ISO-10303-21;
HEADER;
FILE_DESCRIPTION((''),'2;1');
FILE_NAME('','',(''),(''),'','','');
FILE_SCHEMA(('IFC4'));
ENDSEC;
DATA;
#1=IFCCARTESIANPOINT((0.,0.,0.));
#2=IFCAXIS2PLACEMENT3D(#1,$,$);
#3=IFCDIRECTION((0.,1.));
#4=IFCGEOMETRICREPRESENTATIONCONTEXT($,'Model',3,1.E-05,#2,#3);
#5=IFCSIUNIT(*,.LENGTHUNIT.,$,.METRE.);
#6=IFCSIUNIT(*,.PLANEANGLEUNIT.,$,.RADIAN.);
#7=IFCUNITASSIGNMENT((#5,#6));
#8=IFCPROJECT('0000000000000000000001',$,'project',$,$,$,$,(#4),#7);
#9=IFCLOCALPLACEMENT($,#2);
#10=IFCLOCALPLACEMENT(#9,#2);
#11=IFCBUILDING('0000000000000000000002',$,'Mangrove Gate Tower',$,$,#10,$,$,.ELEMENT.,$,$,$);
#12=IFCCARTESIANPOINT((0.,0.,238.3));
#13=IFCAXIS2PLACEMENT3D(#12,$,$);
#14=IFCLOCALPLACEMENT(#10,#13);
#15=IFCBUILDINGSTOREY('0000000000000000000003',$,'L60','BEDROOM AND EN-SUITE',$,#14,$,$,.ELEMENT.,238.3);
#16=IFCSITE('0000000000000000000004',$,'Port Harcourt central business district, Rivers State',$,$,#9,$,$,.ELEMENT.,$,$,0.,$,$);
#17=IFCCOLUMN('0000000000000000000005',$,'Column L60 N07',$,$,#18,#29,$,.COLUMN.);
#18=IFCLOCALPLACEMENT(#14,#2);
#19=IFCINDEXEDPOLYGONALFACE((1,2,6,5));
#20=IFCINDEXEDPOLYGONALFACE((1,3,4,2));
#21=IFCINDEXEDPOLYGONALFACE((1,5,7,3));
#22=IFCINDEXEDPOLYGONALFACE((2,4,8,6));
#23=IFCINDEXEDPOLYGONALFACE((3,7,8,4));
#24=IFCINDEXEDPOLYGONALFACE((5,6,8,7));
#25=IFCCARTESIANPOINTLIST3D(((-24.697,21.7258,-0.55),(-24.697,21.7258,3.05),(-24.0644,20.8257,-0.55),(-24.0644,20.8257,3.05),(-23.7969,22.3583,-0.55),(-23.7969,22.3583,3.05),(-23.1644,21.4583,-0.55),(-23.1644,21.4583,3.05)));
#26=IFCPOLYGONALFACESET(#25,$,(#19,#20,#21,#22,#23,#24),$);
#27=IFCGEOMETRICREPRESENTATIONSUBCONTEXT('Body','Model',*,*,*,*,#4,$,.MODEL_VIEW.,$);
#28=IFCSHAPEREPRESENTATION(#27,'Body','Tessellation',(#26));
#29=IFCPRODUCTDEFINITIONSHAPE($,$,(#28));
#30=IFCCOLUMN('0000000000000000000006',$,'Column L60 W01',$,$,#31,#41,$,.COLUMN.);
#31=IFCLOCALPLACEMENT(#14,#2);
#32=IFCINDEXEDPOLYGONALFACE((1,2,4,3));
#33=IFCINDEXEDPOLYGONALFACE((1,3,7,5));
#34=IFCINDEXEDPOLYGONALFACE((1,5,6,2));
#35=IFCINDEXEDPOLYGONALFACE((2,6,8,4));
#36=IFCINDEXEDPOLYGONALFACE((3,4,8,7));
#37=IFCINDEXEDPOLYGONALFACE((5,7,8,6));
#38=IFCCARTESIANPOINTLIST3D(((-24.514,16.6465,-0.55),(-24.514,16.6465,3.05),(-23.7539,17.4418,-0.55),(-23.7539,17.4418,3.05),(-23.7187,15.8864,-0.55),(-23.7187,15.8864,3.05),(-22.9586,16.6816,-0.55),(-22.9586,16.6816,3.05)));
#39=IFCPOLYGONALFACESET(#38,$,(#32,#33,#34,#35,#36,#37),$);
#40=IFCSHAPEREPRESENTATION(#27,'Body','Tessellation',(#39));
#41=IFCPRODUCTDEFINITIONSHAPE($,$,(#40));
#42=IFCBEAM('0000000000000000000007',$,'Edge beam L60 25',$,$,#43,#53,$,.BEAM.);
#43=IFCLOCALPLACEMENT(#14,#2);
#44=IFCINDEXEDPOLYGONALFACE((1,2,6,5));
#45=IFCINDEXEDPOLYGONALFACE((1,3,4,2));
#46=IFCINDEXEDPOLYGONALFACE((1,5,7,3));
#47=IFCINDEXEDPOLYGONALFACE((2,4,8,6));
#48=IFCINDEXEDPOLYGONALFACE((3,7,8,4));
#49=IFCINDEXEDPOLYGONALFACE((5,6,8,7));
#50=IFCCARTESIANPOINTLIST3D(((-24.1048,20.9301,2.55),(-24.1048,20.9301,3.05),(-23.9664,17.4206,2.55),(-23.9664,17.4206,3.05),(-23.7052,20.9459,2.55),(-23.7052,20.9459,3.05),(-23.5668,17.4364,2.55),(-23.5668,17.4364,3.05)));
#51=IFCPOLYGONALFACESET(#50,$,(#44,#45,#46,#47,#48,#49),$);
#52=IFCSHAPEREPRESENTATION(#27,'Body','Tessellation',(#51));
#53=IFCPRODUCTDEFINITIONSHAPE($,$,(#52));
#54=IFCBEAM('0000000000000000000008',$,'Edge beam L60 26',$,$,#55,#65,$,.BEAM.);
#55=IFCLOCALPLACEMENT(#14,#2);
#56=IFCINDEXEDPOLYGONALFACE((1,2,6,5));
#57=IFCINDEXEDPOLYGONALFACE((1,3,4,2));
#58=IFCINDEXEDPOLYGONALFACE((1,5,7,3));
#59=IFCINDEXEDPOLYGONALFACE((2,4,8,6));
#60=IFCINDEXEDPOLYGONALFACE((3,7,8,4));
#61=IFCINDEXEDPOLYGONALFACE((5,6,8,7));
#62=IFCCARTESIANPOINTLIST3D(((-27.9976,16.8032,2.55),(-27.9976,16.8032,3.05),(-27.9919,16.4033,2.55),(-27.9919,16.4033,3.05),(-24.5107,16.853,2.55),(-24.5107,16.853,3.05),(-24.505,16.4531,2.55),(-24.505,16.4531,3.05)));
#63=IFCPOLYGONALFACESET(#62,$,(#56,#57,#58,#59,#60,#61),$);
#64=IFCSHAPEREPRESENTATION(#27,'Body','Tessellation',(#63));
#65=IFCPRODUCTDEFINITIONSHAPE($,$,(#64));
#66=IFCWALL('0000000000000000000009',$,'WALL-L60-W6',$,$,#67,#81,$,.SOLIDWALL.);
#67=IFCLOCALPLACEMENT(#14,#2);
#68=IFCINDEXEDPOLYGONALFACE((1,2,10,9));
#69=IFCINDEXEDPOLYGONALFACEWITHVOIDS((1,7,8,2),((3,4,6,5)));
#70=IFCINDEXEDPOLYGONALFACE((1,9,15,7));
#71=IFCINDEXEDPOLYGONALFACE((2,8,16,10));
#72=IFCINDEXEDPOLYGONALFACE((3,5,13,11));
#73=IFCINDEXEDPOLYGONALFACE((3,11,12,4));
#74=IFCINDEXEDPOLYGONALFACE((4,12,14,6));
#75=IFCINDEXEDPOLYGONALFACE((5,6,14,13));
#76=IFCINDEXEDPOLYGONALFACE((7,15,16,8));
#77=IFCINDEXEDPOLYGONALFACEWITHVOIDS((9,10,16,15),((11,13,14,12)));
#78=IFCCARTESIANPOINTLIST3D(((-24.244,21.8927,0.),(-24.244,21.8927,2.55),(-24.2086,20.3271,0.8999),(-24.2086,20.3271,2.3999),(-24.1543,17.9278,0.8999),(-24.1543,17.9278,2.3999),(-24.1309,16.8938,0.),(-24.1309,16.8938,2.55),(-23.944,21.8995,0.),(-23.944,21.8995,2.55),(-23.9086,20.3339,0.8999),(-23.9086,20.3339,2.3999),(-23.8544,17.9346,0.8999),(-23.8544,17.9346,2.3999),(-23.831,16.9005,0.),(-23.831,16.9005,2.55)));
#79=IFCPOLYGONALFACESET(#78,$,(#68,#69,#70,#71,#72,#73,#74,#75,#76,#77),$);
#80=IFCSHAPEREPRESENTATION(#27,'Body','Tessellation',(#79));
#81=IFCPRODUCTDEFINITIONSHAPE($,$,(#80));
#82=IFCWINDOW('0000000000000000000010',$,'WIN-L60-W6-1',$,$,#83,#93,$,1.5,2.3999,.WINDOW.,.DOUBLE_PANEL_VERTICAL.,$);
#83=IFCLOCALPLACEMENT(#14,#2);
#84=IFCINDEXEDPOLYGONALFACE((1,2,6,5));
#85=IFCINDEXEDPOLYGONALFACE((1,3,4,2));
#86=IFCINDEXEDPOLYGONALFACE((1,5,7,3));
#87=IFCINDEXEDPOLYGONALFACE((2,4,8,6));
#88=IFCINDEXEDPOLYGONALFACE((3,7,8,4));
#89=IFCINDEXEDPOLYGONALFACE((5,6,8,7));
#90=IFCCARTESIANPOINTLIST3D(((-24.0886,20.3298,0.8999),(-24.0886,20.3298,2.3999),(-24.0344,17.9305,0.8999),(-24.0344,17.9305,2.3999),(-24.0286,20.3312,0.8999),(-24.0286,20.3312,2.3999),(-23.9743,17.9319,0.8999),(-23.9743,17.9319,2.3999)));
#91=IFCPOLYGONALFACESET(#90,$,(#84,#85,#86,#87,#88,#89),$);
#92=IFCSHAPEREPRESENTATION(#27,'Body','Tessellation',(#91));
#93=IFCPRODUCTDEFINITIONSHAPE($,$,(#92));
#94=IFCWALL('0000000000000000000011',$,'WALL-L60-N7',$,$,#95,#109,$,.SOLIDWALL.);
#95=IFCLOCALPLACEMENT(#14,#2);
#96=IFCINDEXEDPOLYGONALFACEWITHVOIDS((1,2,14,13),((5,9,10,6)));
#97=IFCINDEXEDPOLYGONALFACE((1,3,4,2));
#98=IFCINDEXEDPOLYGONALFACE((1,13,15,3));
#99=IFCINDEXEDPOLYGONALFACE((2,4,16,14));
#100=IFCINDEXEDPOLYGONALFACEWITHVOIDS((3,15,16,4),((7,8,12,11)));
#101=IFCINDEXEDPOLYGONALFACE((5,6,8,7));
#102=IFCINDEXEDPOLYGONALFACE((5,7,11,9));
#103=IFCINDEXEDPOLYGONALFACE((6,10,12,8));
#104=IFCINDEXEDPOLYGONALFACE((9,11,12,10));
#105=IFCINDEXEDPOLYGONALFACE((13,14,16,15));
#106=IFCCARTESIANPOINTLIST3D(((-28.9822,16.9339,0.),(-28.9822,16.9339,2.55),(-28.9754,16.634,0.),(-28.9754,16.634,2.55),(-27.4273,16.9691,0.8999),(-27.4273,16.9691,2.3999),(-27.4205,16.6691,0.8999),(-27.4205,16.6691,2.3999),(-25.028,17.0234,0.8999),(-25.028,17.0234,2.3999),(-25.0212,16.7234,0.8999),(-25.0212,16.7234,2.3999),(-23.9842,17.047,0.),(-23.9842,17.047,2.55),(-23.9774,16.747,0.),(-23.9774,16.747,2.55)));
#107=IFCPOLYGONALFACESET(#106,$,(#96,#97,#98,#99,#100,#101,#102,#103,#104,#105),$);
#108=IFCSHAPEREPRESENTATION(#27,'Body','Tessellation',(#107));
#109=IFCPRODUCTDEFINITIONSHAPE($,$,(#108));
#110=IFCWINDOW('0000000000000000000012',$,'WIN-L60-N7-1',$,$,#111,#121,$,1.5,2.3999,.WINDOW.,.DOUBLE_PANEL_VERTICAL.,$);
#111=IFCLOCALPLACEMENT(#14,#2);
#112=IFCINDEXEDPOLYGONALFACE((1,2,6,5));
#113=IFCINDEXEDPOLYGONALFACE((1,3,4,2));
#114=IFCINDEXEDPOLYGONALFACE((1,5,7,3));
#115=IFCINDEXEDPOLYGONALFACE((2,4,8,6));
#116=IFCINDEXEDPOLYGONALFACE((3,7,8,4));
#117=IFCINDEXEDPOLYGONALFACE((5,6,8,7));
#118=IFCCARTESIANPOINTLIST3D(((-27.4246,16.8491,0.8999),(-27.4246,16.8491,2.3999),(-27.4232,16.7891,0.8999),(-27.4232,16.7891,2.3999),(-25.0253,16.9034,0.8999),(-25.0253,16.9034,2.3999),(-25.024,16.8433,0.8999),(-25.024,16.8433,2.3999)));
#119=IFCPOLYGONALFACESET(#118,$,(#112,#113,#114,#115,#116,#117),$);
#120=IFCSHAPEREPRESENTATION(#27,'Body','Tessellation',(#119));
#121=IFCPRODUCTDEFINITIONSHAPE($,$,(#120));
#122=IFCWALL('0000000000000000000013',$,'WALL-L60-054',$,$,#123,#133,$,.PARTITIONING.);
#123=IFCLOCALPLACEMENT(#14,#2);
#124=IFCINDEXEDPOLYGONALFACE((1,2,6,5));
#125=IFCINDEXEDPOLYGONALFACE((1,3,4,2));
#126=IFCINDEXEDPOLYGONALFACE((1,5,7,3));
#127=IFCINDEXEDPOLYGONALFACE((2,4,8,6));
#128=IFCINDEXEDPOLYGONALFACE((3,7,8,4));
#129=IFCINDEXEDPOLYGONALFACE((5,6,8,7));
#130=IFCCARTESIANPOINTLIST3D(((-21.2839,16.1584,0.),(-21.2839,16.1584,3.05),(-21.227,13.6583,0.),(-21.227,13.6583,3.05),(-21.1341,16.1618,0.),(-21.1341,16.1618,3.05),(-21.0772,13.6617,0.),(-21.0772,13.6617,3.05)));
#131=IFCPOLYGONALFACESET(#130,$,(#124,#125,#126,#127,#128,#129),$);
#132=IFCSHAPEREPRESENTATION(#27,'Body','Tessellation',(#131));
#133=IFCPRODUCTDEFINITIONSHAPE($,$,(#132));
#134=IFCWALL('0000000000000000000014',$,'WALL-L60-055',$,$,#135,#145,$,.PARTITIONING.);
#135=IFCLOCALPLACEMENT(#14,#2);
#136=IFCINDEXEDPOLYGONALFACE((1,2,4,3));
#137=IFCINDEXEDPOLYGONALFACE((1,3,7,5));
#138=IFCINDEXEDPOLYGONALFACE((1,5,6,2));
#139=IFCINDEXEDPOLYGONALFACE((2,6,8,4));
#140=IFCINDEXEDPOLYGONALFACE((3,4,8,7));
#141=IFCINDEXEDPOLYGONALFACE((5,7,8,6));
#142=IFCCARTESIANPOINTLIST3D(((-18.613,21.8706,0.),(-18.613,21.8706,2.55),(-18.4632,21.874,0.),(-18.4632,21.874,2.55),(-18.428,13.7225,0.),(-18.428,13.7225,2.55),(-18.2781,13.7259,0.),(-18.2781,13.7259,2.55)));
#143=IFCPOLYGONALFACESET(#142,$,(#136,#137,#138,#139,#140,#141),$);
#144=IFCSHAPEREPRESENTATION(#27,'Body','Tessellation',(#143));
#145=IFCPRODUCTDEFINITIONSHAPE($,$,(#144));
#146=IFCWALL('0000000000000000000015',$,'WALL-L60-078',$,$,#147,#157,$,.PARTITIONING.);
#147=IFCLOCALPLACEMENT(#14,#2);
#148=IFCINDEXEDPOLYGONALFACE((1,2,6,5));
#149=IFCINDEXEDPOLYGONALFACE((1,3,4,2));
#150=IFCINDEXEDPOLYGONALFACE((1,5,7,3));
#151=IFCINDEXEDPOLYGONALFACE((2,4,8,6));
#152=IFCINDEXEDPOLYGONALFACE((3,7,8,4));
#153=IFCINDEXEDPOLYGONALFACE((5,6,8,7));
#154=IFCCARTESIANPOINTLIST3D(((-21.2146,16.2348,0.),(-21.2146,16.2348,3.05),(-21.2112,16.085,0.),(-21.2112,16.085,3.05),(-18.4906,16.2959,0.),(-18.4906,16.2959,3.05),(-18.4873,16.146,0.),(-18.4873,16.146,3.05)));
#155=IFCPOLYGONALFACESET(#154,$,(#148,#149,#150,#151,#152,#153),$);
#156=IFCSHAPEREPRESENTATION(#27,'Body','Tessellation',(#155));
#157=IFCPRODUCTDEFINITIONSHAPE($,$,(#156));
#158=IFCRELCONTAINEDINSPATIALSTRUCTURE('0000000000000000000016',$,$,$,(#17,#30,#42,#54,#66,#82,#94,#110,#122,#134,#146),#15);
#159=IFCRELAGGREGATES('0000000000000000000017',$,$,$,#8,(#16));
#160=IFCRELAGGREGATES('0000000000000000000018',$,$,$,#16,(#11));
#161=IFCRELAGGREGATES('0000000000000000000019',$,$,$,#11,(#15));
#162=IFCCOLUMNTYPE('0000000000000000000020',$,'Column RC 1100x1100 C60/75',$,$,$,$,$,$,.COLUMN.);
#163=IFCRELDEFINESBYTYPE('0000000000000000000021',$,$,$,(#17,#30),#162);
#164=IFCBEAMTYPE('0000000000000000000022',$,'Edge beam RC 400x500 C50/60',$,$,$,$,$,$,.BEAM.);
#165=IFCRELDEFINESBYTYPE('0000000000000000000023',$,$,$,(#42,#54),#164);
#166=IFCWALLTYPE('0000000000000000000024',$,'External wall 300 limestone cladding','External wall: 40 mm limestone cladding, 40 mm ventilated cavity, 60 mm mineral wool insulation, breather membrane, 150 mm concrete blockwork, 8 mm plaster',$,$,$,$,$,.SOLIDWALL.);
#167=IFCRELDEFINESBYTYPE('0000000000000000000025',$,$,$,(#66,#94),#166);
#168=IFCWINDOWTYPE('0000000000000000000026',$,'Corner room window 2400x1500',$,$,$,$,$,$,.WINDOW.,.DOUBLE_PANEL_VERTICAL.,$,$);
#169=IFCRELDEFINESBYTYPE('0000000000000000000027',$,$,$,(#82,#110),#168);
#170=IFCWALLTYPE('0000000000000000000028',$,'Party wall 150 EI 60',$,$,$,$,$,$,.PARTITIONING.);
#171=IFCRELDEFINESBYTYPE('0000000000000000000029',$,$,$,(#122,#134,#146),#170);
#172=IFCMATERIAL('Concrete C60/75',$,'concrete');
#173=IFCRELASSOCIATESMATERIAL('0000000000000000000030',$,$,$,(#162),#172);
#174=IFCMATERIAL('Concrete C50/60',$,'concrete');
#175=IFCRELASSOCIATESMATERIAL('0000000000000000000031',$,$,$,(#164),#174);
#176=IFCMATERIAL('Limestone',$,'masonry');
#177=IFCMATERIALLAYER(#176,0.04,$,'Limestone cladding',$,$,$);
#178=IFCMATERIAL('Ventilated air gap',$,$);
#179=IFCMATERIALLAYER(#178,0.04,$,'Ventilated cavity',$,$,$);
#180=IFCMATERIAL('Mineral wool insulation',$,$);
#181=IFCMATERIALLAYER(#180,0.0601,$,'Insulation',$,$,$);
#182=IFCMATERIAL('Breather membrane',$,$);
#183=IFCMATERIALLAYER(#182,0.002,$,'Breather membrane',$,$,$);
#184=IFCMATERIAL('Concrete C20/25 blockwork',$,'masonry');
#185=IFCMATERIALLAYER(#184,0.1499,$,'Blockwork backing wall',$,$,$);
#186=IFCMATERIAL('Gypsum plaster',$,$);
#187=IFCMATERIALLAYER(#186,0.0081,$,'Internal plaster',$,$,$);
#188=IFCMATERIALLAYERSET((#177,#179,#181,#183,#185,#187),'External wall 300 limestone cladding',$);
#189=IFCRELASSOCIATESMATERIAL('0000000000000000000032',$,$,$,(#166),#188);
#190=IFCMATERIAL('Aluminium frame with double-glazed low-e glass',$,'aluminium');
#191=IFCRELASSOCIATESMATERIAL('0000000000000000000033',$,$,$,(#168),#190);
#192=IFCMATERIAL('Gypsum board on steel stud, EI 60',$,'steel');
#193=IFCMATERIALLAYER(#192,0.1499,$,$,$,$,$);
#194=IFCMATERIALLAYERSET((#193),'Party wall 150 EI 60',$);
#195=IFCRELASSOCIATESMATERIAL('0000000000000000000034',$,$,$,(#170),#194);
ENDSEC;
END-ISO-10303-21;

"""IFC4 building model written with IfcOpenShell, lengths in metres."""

from ifc_helpers import new_model, si_unit, direction, frame, frame_2d, origin, origin_2d, place, context, subcontext, project, spatial, rectangle, extrude, material, layer, layer_set, material_profile, profile_set, type_object, element, fill, save


model = new_model("IFC4")

# Units and contexts
model_context = context("Model", 3, precision=1e-05, world=origin(), true_north=direction((0.0, 1.0)))
body_context = subcontext(model_context, "Body", "Model", "MODEL_VIEW")
ifc_project = project(units=[si_unit("LENGTHUNIT", "METRE"), si_unit("PLANEANGLEUNIT", "RADIAN")], contexts=[model_context])

# Site, building, storey
site_placement = place(None, origin())
site = spatial("IfcSite", under=ifc_project, at=site_placement, Name="Port Harcourt central business district, Rivers State", CompositionType="ELEMENT", RefElevation=0.0)
building_placement = place(site_placement, origin())
building = spatial("IfcBuilding", under=site, at=building_placement, Name="Mangrove Gate Tower", CompositionType="ELEMENT")
storey_placement = place(building_placement, frame((0.0, 0.0, 238.3)))
storey = spatial("IfcBuildingStorey", under=building, at=storey_placement, Name="L60", Description="BEDROOM AND EN-SUITE", CompositionType="ELEMENT", Elevation=238.3)

# Columns
ifc_material_1 = material(Name="Concrete C60/75", Category="concrete")
ifc_material_profile_1 = material_profile(ifc_material_1, rectangle(XDim=1.1001, YDim=1.1001, at=origin_2d()))
ifc_profile_set_1 = profile_set([ifc_material_profile_1], Name="Concrete C60/75")
column_type = type_object("IfcColumnType", Name="Column RC 1100x1100 C60/75", PredefinedType="COLUMN", material=ifc_profile_set_1)
for number, where, z_axis, x_axis, name in (
    (1, (-23.9307, 21.592, -0.55), (0.0, 0.0, 1.0), (-0.818138, -0.575022, 0.0), "Column L60 N07"),
    (2, (-23.7363, 16.6641, -0.55), (0.0, 0.0, 1.0), (-0.690946, -0.722906, 0.0), "Column L60 W01"),
):
    element("IfcColumn", number, at=place(storey_placement, frame(where, z_axis=z_axis, x_axis=x_axis)), inside=storey, type_object=column_type, Name=name, PredefinedType="COLUMN", context=body_context, shape_type="SweptSolid", body=[
        extrude(rectangle(XDim=1.1001, YDim=1.1001, at=origin_2d()), origin(), (0.0, 0.0, 1.0), 3.6001),
    ])

# Beams
ifc_material_2 = material(Name="Concrete C50/60", Category="concrete")
ifc_material_profile_2 = material_profile(ifc_material_2, rectangle(XDim=0.3999, YDim=0.5, at=origin_2d()))
ifc_profile_set_2 = profile_set([ifc_material_profile_2], Name="Concrete C50/60")
beam_type = type_object("IfcBeamType", Name="Edge beam RC 400x500 C50/60", PredefinedType="BEAM", material=ifc_profile_set_2)
beam_1_placement = place(storey_placement, frame((-23.905, 20.938, 2.8), z_axis=(0.039413, -0.999223, 0.0), x_axis=(0.999223, 0.039413, 0.0)))
element("IfcBeam", 3, at=beam_1_placement, inside=storey, type_object=beam_type, Name="Edge beam L60 25", PredefinedType="BEAM", context=body_context, shape_type="SweptSolid", body=[
    extrude(rectangle(XDim=0.3999, YDim=0.5, at=origin_2d()), origin(), (0.0, 0.0, 1.0), 3.5122),
])
beam_2_placement = place(storey_placement, frame((-24.5078, 16.6531, 2.8), z_axis=(-0.999898, -0.014281, 0.0), x_axis=(0.014281, -0.999898, 0.0)))
element("IfcBeam", 4, at=beam_2_placement, inside=storey, type_object=beam_type, Name="Edge beam L60 26", PredefinedType="BEAM", context=body_context, shape_type="SweptSolid", body=[
    extrude(rectangle(XDim=0.3999, YDim=0.5, at=origin_2d()), origin(), (0.0, 0.0, 1.0), 3.4873),
])

# Walls, openings, windows
ifc_material_3 = material(Name="Limestone", Category="masonry")
ifc_layer_1 = layer(ifc_material_3, 0.04, Name="Limestone cladding")
ifc_material_4 = material(Name="Ventilated air gap")
ifc_layer_2 = layer(ifc_material_4, 0.04, Name="Ventilated cavity")
ifc_material_5 = material(Name="Mineral wool insulation")
ifc_layer_3 = layer(ifc_material_5, 0.0601, Name="Insulation")
ifc_material_6 = material(Name="Breather membrane")
ifc_layer_4 = layer(ifc_material_6, 0.002, Name="Breather membrane")
ifc_material_7 = material(Name="Concrete C20/25 blockwork", Category="masonry")
ifc_layer_5 = layer(ifc_material_7, 0.1499, Name="Blockwork backing wall")
ifc_material_8 = material(Name="Gypsum plaster")
ifc_layer_6 = layer(ifc_material_8, 0.0081, Name="Internal plaster")
ifc_layer_set_1 = layer_set([ifc_layer_1, ifc_layer_2, ifc_layer_3, ifc_layer_4, ifc_layer_5, ifc_layer_6], Name="External wall 300 limestone cladding")
wall_type_1 = type_object("IfcWallType", Name="External wall 300 limestone cladding", Description="External wall: 40 mm limestone cladding, 40 mm ventilated cavity, 60 mm mineral wool insulation, breather membrane, 150 mm concrete blockwork, 8 mm plaster", PredefinedType="SOLIDWALL", material=ifc_layer_set_1)
wall_1_placement = place(storey_placement, frame((-24.094, 21.896, 0.0), z_axis=(0.0, 0.0, 1.0), x_axis=(0.022606, -0.999744, 0.0)))
wall_1 = element("IfcWall", 5, at=wall_1_placement, inside=storey, type_object=wall_type_1, Name="WALL-L60-W6", PredefinedType="SOLIDWALL", context=body_context, shape_type="SweptSolid", body=[
    extrude(rectangle(XDim=5.0002, YDim=0.3, at=frame_2d((2.5, 0.0))), origin(), (0.0, 0.0, 1.0), 2.55),
])
opening_1_placement = place(wall_1_placement, frame((1.5659, 0.0, 0.8999)))
opening_1 = element("IfcOpeningElement", 6, at=opening_1_placement, cuts=wall_1, PredefinedType="OPENING", context=body_context, shape_type="SweptSolid", body=[
    extrude(rectangle(XDim=2.3999, YDim=1.5, at=frame_2d((1.2, 0.75))), frame((0.0, 0.1599, 0.0), z_axis=(0.0, -1.0, 0.0), x_axis=(1.0, 0.0, 0.0)), (0.0, 0.0, 1.0), 0.3201),
])
ifc_material_9 = material(Name="Aluminium frame with double-glazed low-e glass", Category="aluminium")
window_type = type_object("IfcWindowType", Name="Corner room window 2400x1500", PartitioningType="DOUBLE_PANEL_VERTICAL", PredefinedType="WINDOW", material=ifc_material_9)
window_1_placement = place(opening_1_placement, origin())
window_1 = element("IfcWindow", 7, at=window_1_placement, inside=storey, type_object=window_type, Name="WIN-L60-W6-1", OverallHeight=1.5, OverallWidth=2.3999, PartitioningType="DOUBLE_PANEL_VERTICAL", PredefinedType="WINDOW", context=body_context, shape_type="SweptSolid", body=[
    extrude(rectangle(XDim=2.3999, YDim=1.5, at=frame_2d((1.2, 0.75))), frame((0.0, 0.03, 0.0), z_axis=(0.0, -1.0, 0.0), x_axis=(1.0, 0.0, 0.0)), (0.0, 0.0, 1.0), 0.0601),
])
fill(opening_1, window_1)
wall_2_placement = place(storey_placement, frame((-23.981, 16.897, 0.0), z_axis=(0.0, 0.0, 1.0), x_axis=(-0.999744, -0.02261, 0.0)))
wall_2 = element("IfcWall", 8, at=wall_2_placement, inside=storey, type_object=wall_type_1, Name="WALL-L60-N7", PredefinedType="SOLIDWALL", context=body_context, shape_type="SweptSolid", body=[
    extrude(rectangle(XDim=4.9993, YDim=0.3, at=frame_2d((2.4995, 0.0))), origin(), (0.0, 0.0, 1.0), 2.55),
])
opening_2_placement = place(wall_2_placement, frame((1.0439, 0.0, 0.8999)))
opening_2 = element("IfcOpeningElement", 9, at=opening_2_placement, cuts=wall_2, PredefinedType="OPENING", context=body_context, shape_type="SweptSolid", body=[
    extrude(rectangle(XDim=2.3999, YDim=1.5, at=frame_2d((1.2, 0.75))), frame((0.0, 0.1599, 0.0), z_axis=(0.0, -1.0, 0.0), x_axis=(1.0, 0.0, 0.0)), (0.0, 0.0, 1.0), 0.3201),
])
window_2_placement = place(opening_2_placement, origin())
window_2 = element("IfcWindow", 10, at=window_2_placement, inside=storey, type_object=window_type, Name="WIN-L60-N7-1", OverallHeight=1.5, OverallWidth=2.3999, PartitioningType="DOUBLE_PANEL_VERTICAL", PredefinedType="WINDOW", context=body_context, shape_type="SweptSolid", body=[
    extrude(rectangle(XDim=2.3999, YDim=1.5, at=frame_2d((1.2, 0.75))), frame((0.0, 0.03, 0.0), z_axis=(0.0, -1.0, 0.0), x_axis=(1.0, 0.0, 0.0)), (0.0, 0.0, 1.0), 0.0601),
])
fill(opening_2, window_2)

# Walls
ifc_material_10 = material(Name="Gypsum board on steel stud, EI 60", Category="steel")
ifc_layer_7 = layer(ifc_material_10, 0.1499)
ifc_layer_set_2 = layer_set([ifc_layer_7], Name="Party wall 150 EI 60")
wall_type_2 = type_object("IfcWallType", Name="Party wall 150 EI 60", PredefinedType="PARTITIONING", material=ifc_layer_set_2)
wall_3_placement = place(storey_placement, frame((-21.1521, 13.6599, 0.0), z_axis=(0.0, 0.0, 1.0), x_axis=(-0.022748, 0.999741, 0.0)))
element("IfcWall", 11, at=wall_3_placement, inside=storey, type_object=wall_type_2, Name="WALL-L60-054", PredefinedType="PARTITIONING", context=body_context, shape_type="SweptSolid", body=[
    extrude(rectangle(XDim=2.5007, YDim=0.1499, at=frame_2d((1.2505, 0.0))), origin(), (0.0, 0.0, 1.0), 3.05),
])
wall_4_placement = place(storey_placement, frame((-18.353, 13.7241, 0.0), z_axis=(0.0, 0.0, 1.0), x_axis=(-0.022706, 0.999742, 0.0)))
element("IfcWall", 12, at=wall_4_placement, inside=storey, type_object=wall_type_2, Name="WALL-L60-055", PredefinedType="PARTITIONING", context=body_context, shape_type="SweptSolid", body=[
    extrude(rectangle(XDim=8.1501, YDim=0.1499, at=frame_2d((4.0752, 0.0))), origin(), (0.0, 0.0, 1.0), 2.55),
])
wall_5_placement = place(storey_placement, frame((-21.2129, 16.1599, 0.0), z_axis=(0.0, 0.0, 1.0), x_axis=(0.999749, 0.022402, 0.0)))
element("IfcWall", 13, at=wall_5_placement, inside=storey, type_object=wall_type_2, Name="WALL-L60-078", PredefinedType="PARTITIONING", context=body_context, shape_type="SweptSolid", body=[
    extrude(rectangle(XDim=2.7246, YDim=0.1499, at=frame_2d((1.3623, 0.0))), origin(), (0.0, 0.0, 1.0), 3.05),
])

save(model, "model.ifc")
